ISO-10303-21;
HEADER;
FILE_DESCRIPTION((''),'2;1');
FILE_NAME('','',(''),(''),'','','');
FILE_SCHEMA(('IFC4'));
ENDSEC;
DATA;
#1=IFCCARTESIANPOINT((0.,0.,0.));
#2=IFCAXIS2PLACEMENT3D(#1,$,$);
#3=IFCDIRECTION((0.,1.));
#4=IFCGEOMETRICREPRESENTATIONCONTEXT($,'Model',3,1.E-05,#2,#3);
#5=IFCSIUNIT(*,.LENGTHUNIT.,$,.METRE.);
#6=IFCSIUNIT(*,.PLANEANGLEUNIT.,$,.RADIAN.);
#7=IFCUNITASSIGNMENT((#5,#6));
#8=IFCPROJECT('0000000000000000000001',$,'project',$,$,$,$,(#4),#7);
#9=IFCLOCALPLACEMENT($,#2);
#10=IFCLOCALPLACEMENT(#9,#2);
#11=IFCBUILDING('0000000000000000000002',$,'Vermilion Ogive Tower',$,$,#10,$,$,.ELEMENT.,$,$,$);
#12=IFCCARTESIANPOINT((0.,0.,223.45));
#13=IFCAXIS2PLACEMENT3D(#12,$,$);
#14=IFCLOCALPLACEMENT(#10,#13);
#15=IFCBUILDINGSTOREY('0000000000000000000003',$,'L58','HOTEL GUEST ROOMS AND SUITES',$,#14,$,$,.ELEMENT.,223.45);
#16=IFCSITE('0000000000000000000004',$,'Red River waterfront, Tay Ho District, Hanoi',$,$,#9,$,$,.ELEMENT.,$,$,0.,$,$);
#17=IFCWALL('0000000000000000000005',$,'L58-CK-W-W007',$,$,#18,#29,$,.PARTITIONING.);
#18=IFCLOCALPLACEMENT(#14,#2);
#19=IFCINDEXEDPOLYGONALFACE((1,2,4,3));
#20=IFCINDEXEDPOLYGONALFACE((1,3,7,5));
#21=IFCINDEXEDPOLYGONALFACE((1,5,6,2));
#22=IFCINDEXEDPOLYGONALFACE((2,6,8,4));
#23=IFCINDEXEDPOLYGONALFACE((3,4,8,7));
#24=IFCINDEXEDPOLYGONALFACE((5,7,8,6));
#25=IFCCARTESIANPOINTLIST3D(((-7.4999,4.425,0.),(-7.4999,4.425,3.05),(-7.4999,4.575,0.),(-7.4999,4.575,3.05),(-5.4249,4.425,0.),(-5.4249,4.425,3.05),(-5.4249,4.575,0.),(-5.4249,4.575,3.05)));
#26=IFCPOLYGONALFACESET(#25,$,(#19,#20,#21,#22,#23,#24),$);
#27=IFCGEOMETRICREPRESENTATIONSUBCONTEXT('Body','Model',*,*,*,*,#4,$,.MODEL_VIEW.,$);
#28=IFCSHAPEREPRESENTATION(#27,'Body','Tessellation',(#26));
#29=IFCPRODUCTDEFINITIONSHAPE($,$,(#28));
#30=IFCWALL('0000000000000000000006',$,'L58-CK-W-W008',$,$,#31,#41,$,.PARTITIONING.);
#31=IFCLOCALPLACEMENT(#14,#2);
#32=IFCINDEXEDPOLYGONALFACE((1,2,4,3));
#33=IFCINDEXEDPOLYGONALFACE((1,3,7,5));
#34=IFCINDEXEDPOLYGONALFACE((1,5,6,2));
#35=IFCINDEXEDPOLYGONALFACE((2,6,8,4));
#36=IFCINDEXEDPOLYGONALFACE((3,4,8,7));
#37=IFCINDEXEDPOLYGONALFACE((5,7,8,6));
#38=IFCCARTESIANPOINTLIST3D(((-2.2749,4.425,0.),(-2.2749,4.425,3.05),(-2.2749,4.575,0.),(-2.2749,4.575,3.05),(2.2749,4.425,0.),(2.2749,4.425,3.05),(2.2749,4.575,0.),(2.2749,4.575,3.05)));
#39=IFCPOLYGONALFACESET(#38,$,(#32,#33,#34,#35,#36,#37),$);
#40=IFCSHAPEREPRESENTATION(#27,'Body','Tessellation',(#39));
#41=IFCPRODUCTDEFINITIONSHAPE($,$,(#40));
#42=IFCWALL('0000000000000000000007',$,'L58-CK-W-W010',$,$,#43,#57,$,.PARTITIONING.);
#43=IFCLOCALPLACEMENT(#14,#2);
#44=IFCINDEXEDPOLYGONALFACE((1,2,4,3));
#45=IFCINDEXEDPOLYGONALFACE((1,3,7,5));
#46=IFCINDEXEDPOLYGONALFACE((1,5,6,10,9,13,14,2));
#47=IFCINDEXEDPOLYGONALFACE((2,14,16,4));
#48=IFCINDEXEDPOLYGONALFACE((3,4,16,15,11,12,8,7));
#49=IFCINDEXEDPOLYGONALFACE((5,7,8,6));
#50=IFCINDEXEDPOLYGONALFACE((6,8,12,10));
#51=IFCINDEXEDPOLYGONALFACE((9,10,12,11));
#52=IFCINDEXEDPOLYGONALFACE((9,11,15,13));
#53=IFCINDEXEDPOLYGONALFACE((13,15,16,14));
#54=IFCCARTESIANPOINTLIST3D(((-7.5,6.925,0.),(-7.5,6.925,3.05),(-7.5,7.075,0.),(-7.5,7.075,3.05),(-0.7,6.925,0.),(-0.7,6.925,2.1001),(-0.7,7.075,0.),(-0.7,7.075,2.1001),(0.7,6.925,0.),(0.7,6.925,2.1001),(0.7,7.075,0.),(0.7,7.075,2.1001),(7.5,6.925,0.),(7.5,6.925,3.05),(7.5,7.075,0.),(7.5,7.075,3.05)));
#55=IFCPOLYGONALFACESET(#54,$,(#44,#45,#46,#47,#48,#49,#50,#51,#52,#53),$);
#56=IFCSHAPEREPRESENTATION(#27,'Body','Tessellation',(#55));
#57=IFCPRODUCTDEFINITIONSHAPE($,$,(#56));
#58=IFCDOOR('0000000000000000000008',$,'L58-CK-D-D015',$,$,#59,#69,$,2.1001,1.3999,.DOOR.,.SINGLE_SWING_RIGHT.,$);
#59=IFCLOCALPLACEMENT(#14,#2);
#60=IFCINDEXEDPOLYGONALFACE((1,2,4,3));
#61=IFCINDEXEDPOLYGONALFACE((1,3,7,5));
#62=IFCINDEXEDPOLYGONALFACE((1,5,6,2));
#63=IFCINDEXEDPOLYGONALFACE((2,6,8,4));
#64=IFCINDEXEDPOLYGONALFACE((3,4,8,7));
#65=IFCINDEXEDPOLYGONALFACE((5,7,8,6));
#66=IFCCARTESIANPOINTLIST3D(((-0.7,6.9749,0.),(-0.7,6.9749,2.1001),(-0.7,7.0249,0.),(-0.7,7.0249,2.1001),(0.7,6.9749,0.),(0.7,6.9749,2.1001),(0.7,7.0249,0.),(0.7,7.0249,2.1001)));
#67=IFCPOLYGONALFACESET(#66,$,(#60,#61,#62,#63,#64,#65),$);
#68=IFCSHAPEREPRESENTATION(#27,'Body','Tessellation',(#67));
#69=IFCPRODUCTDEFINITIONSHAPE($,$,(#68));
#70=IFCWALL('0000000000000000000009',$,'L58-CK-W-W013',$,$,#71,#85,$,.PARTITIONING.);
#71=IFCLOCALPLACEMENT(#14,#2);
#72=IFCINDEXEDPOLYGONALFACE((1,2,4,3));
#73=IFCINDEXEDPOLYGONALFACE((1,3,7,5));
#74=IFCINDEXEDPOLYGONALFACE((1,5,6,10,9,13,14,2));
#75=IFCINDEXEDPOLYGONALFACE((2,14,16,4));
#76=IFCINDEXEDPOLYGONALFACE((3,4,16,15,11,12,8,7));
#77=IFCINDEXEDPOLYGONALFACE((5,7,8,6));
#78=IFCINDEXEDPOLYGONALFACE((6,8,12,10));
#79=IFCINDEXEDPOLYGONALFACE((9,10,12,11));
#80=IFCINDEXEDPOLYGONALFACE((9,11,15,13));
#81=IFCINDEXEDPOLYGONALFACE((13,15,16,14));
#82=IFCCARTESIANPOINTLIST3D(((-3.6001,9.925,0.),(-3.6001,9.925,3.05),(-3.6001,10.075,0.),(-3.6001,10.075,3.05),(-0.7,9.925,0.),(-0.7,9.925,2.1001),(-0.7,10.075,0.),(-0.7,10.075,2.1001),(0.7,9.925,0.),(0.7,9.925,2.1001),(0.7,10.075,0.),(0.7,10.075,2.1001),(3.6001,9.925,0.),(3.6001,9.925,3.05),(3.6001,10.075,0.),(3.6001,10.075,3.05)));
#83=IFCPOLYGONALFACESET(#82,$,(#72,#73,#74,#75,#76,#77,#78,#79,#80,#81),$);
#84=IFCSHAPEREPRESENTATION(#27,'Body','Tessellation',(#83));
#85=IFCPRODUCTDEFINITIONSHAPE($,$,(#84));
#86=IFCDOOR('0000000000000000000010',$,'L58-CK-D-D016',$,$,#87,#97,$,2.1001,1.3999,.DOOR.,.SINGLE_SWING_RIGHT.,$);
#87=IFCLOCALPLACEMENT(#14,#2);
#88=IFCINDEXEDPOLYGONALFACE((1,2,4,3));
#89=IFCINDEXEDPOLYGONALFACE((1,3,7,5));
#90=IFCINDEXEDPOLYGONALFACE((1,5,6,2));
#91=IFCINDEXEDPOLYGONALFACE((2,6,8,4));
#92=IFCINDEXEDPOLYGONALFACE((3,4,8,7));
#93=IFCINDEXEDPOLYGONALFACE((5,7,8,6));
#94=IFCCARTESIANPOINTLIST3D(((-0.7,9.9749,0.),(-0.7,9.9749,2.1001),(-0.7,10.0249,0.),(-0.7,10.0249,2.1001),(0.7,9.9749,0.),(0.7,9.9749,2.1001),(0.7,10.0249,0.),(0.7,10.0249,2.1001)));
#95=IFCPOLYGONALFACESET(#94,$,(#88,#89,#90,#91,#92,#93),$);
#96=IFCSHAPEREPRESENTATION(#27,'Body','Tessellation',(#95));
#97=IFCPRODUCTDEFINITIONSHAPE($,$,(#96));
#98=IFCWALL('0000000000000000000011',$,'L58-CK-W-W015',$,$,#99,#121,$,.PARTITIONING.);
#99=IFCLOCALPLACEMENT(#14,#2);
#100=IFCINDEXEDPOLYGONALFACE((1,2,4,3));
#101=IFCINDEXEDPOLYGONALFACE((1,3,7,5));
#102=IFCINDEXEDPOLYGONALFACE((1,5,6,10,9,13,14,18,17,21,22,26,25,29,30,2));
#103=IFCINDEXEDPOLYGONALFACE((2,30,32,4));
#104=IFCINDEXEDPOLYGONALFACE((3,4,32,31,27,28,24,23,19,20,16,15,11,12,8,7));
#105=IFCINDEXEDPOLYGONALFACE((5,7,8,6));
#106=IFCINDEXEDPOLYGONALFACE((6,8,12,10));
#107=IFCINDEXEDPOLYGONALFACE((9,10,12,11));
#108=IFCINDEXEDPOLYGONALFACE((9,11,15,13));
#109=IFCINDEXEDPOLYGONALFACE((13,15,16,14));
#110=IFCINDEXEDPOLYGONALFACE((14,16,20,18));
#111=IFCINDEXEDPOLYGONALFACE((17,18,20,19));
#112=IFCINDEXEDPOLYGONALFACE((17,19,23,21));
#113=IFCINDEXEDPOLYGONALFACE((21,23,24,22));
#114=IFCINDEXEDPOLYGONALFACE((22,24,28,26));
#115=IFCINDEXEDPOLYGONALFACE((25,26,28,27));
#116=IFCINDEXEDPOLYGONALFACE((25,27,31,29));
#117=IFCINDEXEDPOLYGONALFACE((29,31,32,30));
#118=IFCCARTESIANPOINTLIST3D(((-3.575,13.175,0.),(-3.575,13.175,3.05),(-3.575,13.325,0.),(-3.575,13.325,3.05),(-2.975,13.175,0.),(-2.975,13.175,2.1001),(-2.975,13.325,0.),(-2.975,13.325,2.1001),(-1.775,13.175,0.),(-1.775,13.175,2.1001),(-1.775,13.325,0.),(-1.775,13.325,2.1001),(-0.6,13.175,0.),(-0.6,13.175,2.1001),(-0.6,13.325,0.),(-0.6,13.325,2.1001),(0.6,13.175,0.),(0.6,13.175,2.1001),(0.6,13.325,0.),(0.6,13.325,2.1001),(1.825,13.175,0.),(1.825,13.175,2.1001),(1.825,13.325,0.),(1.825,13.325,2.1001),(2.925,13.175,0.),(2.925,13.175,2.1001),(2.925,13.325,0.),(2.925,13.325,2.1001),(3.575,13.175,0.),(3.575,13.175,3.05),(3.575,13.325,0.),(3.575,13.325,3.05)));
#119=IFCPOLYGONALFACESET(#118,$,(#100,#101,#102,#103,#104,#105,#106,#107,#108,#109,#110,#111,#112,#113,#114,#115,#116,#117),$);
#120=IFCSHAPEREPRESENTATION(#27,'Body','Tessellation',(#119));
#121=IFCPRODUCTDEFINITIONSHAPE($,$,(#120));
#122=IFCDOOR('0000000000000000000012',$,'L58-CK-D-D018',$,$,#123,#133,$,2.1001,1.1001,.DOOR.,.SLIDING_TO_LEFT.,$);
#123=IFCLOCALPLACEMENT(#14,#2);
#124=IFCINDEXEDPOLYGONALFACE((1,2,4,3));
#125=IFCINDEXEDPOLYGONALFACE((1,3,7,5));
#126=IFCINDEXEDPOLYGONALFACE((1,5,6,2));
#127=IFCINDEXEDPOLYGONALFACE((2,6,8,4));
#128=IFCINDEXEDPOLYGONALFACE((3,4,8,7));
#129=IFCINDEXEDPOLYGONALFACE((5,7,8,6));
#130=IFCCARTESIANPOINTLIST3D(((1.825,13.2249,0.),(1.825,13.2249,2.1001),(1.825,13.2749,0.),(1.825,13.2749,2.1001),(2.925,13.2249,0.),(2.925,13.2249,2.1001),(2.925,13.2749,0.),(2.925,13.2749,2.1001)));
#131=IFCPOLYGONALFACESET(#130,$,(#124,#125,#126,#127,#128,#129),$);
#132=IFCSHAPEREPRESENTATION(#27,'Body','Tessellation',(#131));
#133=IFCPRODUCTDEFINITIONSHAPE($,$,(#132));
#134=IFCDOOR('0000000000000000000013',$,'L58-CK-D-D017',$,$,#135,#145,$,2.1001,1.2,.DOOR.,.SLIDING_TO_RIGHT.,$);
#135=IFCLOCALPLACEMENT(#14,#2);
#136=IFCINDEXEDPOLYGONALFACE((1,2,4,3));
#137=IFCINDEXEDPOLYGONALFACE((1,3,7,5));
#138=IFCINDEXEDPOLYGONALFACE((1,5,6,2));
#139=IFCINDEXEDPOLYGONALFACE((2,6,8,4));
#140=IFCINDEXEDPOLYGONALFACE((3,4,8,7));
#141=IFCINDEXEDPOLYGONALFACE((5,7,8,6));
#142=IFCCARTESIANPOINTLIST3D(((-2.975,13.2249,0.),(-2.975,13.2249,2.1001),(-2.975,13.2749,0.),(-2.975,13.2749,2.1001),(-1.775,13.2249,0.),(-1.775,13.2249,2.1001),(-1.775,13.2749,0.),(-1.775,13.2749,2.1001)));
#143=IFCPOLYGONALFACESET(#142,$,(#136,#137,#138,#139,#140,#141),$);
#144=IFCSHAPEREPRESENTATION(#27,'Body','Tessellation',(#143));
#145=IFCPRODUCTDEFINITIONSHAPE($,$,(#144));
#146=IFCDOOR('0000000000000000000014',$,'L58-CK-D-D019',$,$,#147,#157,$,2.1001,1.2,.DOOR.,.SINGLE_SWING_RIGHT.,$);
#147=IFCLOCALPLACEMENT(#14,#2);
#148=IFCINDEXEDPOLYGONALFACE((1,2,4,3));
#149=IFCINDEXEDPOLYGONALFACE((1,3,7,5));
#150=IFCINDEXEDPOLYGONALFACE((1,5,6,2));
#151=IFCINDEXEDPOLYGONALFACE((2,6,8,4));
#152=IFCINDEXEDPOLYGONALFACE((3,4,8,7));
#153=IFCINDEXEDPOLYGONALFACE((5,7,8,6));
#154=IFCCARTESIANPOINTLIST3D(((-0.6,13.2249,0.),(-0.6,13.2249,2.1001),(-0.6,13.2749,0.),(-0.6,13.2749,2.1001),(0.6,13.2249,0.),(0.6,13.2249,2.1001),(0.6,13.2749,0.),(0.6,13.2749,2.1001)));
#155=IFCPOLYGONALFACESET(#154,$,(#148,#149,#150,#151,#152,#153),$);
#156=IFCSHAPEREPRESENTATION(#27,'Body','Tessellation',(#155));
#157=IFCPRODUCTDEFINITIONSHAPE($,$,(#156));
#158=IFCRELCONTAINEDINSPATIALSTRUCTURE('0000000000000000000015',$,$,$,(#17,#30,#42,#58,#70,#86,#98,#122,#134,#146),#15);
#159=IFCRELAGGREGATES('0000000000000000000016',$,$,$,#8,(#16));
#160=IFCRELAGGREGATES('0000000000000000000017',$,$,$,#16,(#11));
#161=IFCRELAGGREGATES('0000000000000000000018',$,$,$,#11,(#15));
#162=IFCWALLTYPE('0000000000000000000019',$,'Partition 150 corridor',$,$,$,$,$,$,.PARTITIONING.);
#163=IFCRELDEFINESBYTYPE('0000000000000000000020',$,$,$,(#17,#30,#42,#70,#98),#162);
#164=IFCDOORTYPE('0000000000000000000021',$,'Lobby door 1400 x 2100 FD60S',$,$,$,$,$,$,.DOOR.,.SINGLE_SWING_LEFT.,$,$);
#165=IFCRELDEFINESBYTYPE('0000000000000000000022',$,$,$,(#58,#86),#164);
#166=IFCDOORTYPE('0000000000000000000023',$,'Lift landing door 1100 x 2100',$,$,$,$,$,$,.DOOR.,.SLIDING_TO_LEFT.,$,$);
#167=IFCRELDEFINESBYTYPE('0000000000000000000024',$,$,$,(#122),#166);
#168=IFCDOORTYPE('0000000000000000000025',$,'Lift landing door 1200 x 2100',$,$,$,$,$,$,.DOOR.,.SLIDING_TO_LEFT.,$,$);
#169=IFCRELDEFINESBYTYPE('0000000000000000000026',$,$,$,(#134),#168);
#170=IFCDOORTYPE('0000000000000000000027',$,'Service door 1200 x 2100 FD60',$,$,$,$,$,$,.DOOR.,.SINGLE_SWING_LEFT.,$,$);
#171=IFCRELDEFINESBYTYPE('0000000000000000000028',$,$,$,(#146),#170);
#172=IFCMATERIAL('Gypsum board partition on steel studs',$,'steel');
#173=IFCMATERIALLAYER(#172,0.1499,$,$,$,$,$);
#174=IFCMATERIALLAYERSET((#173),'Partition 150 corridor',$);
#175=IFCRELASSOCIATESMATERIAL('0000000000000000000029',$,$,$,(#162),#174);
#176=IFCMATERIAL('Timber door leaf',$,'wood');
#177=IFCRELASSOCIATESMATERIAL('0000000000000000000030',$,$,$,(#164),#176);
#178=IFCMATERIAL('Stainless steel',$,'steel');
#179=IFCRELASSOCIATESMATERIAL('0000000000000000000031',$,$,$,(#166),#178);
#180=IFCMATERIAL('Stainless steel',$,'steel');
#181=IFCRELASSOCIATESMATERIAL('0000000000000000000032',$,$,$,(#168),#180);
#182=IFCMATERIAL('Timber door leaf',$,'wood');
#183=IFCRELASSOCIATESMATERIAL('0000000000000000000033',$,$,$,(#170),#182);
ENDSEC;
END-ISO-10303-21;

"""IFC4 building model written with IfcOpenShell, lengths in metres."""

from ifc_helpers import new_model, si_unit, direction, frame, frame_2d, origin, place, context, subcontext, project, spatial, rectangle, extrude, material, layer, layer_set, type_object, element, fill, save


model = new_model("IFC4")

# Units and contexts
model_context = context("Model", 3, precision=1e-05, world=origin(), true_north=direction((0.0, 1.0)))
body_context = subcontext(model_context, "Body", "Model", "MODEL_VIEW")
ifc_project = project(units=[si_unit("LENGTHUNIT", "METRE"), si_unit("PLANEANGLEUNIT", "RADIAN")], contexts=[model_context])

# Site, building, storey
site_placement = place(None, origin())
site = spatial("IfcSite", under=ifc_project, at=site_placement, Name="Red River waterfront, Tay Ho District, Hanoi", CompositionType="ELEMENT", RefElevation=0.0)
building_placement = place(site_placement, origin())
building = spatial("IfcBuilding", under=site, at=building_placement, Name="Vermilion Ogive Tower", CompositionType="ELEMENT")
storey_placement = place(building_placement, frame((0.0, 0.0, 223.45)))
storey = spatial("IfcBuildingStorey", under=building, at=storey_placement, Name="L58", Description="HOTEL GUEST ROOMS AND SUITES", CompositionType="ELEMENT", Elevation=223.45)

# Walls
ifc_material_1 = material(Name="Gypsum board partition on steel studs", Category="steel")
ifc_layer_1 = layer(ifc_material_1, 0.1499)
ifc_layer_set_1 = layer_set([ifc_layer_1], Name="Partition 150 corridor")
wall_type_1 = type_object("IfcWallType", Name="Partition 150 corridor", PredefinedType="PARTITIONING", material=ifc_layer_set_1)
wall_1_placement = place(storey_placement, frame((-7.5, 4.5, 0.0), z_axis=(0.0, 0.0, 1.0), x_axis=(1.0, 0.0, 0.0)))
element("IfcWall", 1, at=wall_1_placement, inside=storey, type_object=wall_type_1, Name="L58-CK-W-W007", PredefinedType="PARTITIONING", context=body_context, shape_type="SweptSolid", body=[
    extrude(rectangle(XDim=2.075, YDim=0.1499, at=frame_2d((1.0376, 0.0))), origin(), (0.0, 0.0, 1.0), 3.05),
])
wall_2_placement = place(storey_placement, frame((-2.2749, 4.5, 0.0), z_axis=(0.0, 0.0, 1.0), x_axis=(1.0, 0.0, 0.0)))
element("IfcWall", 2, at=wall_2_placement, inside=storey, type_object=wall_type_1, Name="L58-CK-W-W008", PredefinedType="PARTITIONING", context=body_context, shape_type="SweptSolid", body=[
    extrude(rectangle(XDim=4.5498, YDim=0.1499, at=frame_2d((2.2749, 0.0))), origin(), (0.0, 0.0, 1.0), 3.05),
])

# Walls, openings, doors
wall_3_placement = place(storey_placement, frame((-7.5, 7.0, 0.0), z_axis=(0.0, 0.0, 1.0), x_axis=(1.0, 0.0, 0.0)))
wall_3 = element("IfcWall", 3, at=wall_3_placement, inside=storey, type_object=wall_type_1, Name="L58-CK-W-W010", PredefinedType="PARTITIONING", context=body_context, shape_type="SweptSolid", body=[
    extrude(rectangle(XDim=15.0, YDim=0.1499, at=frame_2d((7.5, 0.0))), origin(), (0.0, 0.0, 1.0), 3.05),
])
opening_1_placement = place(wall_3_placement, frame((6.8, 0.0, 0.0)))
opening_1 = element("IfcOpeningElement", 4, at=opening_1_placement, cuts=wall_3, PredefinedType="OPENING", context=body_context, shape_type="SweptSolid", body=[
    extrude(rectangle(XDim=1.3999, YDim=2.1001, at=frame_2d((0.7, 1.05))), frame((0.0, 0.085, 0.0), z_axis=(0.0, -1.0, 0.0), x_axis=(1.0, 0.0, 0.0)), (0.0, 0.0, 1.0), 0.1699),
])
ifc_material_2 = material(Name="Timber door leaf", Category="wood")
door_type_1 = type_object("IfcDoorType", Name="Lobby door 1400 x 2100 FD60S", OperationType="SINGLE_SWING_LEFT", PredefinedType="DOOR", material=ifc_material_2)
door_1_placement = place(opening_1_placement, origin())
door_1 = element("IfcDoor", 5, at=door_1_placement, inside=storey, type_object=door_type_1, Name="L58-CK-D-D015", OperationType="SINGLE_SWING_RIGHT", OverallHeight=2.1001, OverallWidth=1.3999, PredefinedType="DOOR", context=body_context, shape_type="SweptSolid", body=[
    extrude(rectangle(XDim=1.3999, YDim=2.1001, at=frame_2d((0.7, 1.05))), frame((0.0, 0.0249, 0.0), z_axis=(0.0, -1.0, 0.0), x_axis=(1.0, 0.0, 0.0)), (0.0, 0.0, 1.0), 0.05),
])
fill(opening_1, door_1)
wall_4_placement = place(storey_placement, frame((-3.6001, 10.0, 0.0), z_axis=(0.0, 0.0, 1.0), x_axis=(1.0, 0.0, 0.0)))
wall_4 = element("IfcWall", 6, at=wall_4_placement, inside=storey, type_object=wall_type_1, Name="L58-CK-W-W013", PredefinedType="PARTITIONING", context=body_context, shape_type="SweptSolid", body=[
    extrude(rectangle(XDim=7.2002, YDim=0.1499, at=frame_2d((3.6001, 0.0))), origin(), (0.0, 0.0, 1.0), 3.05),
])
opening_2_placement = place(wall_4_placement, frame((2.9001, 0.0, 0.0)))
opening_2 = element("IfcOpeningElement", 7, at=opening_2_placement, cuts=wall_4, PredefinedType="OPENING", context=body_context, shape_type="SweptSolid", body=[
    extrude(rectangle(XDim=1.3999, YDim=2.1001, at=frame_2d((0.7, 1.05))), frame((0.0, 0.085, 0.0), z_axis=(0.0, -1.0, 0.0), x_axis=(1.0, 0.0, 0.0)), (0.0, 0.0, 1.0), 0.1699),
])
door_2_placement = place(opening_2_placement, origin())
door_2 = element("IfcDoor", 8, at=door_2_placement, inside=storey, type_object=door_type_1, Name="L58-CK-D-D016", OperationType="SINGLE_SWING_RIGHT", OverallHeight=2.1001, OverallWidth=1.3999, PredefinedType="DOOR", context=body_context, shape_type="SweptSolid", body=[
    extrude(rectangle(XDim=1.3999, YDim=2.1001, at=frame_2d((0.7, 1.05))), frame((0.0, 0.0249, 0.0), z_axis=(0.0, -1.0, 0.0), x_axis=(1.0, 0.0, 0.0)), (0.0, 0.0, 1.0), 0.05),
])
fill(opening_2, door_2)

# Wall, openings, doors
wall_5_placement = place(storey_placement, frame((-3.575, 13.25, 0.0), z_axis=(0.0, 0.0, 1.0), x_axis=(1.0, 0.0, 0.0)))
wall_5 = element("IfcWall", 9, at=wall_5_placement, inside=storey, type_object=wall_type_1, Name="L58-CK-W-W015", PredefinedType="PARTITIONING", context=body_context, shape_type="SweptSolid", body=[
    extrude(rectangle(XDim=7.1499, YDim=0.1499, at=frame_2d((3.575, 0.0))), origin(), (0.0, 0.0, 1.0), 3.05),
])
opening_3_placement = place(wall_5_placement, frame((0.5999, 0.0, 0.0)))
opening_3 = element("IfcOpeningElement", 10, at=opening_3_placement, cuts=wall_5, PredefinedType="OPENING", context=body_context, shape_type="SweptSolid", body=[
    extrude(rectangle(XDim=1.2, YDim=2.1001, at=frame_2d((0.6001, 1.05))), frame((0.0, 0.085, 0.0), z_axis=(0.0, -1.0, 0.0), x_axis=(1.0, 0.0, 0.0)), (0.0, 0.0, 1.0), 0.1699),
])
opening_4_placement = place(wall_5_placement, frame((5.3999, 0.0, 0.0)))
opening_4 = element("IfcOpeningElement", 11, at=opening_4_placement, cuts=wall_5, PredefinedType="OPENING", context=body_context, shape_type="SweptSolid", body=[
    extrude(rectangle(XDim=1.1001, YDim=2.1001, at=frame_2d((0.55, 1.05))), frame((0.0, 0.085, 0.0), z_axis=(0.0, -1.0, 0.0), x_axis=(1.0, 0.0, 0.0)), (0.0, 0.0, 1.0), 0.1699),
])
opening_5_placement = place(wall_5_placement, frame((2.9749, 0.0, 0.0)))
opening_5 = element("IfcOpeningElement", 12, at=opening_5_placement, cuts=wall_5, PredefinedType="OPENING", context=body_context, shape_type="SweptSolid", body=[
    extrude(rectangle(XDim=1.2, YDim=2.1001, at=frame_2d((0.6001, 1.05))), frame((0.0, 0.085, 0.0), z_axis=(0.0, -1.0, 0.0), x_axis=(1.0, 0.0, 0.0)), (0.0, 0.0, 1.0), 0.1699),
])
ifc_material_3 = material(Name="Stainless steel", Category="steel")
door_type_2 = type_object("IfcDoorType", Name="Lift landing door 1100 x 2100", OperationType="SLIDING_TO_LEFT", PredefinedType="DOOR", material=ifc_material_3)
door_3_placement = place(opening_4_placement, origin())
door_3 = element("IfcDoor", 13, at=door_3_placement, inside=storey, type_object=door_type_2, Name="L58-CK-D-D018", OperationType="SLIDING_TO_LEFT", OverallHeight=2.1001, OverallWidth=1.1001, PredefinedType="DOOR", context=body_context, shape_type="SweptSolid", body=[
    extrude(rectangle(XDim=1.1001, YDim=2.1001, at=frame_2d((0.55, 1.05))), frame((0.0, 0.0249, 0.0), z_axis=(0.0, -1.0, 0.0), x_axis=(1.0, 0.0, 0.0)), (0.0, 0.0, 1.0), 0.05),
])
fill(opening_4, door_3)
ifc_material_4 = material(Name="Stainless steel", Category="steel")
door_type_3 = type_object("IfcDoorType", Name="Lift landing door 1200 x 2100", OperationType="SLIDING_TO_LEFT", PredefinedType="DOOR", material=ifc_material_4)
door_4_placement = place(opening_3_placement, origin())
door_4 = element("IfcDoor", 14, at=door_4_placement, inside=storey, type_object=door_type_3, Name="L58-CK-D-D017", OperationType="SLIDING_TO_RIGHT", OverallHeight=2.1001, OverallWidth=1.2, PredefinedType="DOOR", context=body_context, shape_type="SweptSolid", body=[
    extrude(rectangle(XDim=1.2, YDim=2.1001, at=frame_2d((0.6001, 1.05))), frame((0.0, 0.0249, 0.0), z_axis=(0.0, -1.0, 0.0), x_axis=(1.0, 0.0, 0.0)), (0.0, 0.0, 1.0), 0.05),
])
fill(opening_3, door_4)
ifc_material_5 = material(Name="Timber door leaf", Category="wood")
door_type_4 = type_object("IfcDoorType", Name="Service door 1200 x 2100 FD60", OperationType="SINGLE_SWING_LEFT", PredefinedType="DOOR", material=ifc_material_5)
door_5_placement = place(opening_5_placement, origin())
door_5 = element("IfcDoor", 15, at=door_5_placement, inside=storey, type_object=door_type_4, Name="L58-CK-D-D019", OperationType="SINGLE_SWING_RIGHT", OverallHeight=2.1001, OverallWidth=1.2, PredefinedType="DOOR", context=body_context, shape_type="SweptSolid", body=[
    extrude(rectangle(XDim=1.2, YDim=2.1001, at=frame_2d((0.6001, 1.05))), frame((0.0, 0.0249, 0.0), z_axis=(0.0, -1.0, 0.0), x_axis=(1.0, 0.0, 0.0)), (0.0, 0.0, 1.0), 0.05),
])
fill(opening_5, door_5)

save(model, "model.ifc")
